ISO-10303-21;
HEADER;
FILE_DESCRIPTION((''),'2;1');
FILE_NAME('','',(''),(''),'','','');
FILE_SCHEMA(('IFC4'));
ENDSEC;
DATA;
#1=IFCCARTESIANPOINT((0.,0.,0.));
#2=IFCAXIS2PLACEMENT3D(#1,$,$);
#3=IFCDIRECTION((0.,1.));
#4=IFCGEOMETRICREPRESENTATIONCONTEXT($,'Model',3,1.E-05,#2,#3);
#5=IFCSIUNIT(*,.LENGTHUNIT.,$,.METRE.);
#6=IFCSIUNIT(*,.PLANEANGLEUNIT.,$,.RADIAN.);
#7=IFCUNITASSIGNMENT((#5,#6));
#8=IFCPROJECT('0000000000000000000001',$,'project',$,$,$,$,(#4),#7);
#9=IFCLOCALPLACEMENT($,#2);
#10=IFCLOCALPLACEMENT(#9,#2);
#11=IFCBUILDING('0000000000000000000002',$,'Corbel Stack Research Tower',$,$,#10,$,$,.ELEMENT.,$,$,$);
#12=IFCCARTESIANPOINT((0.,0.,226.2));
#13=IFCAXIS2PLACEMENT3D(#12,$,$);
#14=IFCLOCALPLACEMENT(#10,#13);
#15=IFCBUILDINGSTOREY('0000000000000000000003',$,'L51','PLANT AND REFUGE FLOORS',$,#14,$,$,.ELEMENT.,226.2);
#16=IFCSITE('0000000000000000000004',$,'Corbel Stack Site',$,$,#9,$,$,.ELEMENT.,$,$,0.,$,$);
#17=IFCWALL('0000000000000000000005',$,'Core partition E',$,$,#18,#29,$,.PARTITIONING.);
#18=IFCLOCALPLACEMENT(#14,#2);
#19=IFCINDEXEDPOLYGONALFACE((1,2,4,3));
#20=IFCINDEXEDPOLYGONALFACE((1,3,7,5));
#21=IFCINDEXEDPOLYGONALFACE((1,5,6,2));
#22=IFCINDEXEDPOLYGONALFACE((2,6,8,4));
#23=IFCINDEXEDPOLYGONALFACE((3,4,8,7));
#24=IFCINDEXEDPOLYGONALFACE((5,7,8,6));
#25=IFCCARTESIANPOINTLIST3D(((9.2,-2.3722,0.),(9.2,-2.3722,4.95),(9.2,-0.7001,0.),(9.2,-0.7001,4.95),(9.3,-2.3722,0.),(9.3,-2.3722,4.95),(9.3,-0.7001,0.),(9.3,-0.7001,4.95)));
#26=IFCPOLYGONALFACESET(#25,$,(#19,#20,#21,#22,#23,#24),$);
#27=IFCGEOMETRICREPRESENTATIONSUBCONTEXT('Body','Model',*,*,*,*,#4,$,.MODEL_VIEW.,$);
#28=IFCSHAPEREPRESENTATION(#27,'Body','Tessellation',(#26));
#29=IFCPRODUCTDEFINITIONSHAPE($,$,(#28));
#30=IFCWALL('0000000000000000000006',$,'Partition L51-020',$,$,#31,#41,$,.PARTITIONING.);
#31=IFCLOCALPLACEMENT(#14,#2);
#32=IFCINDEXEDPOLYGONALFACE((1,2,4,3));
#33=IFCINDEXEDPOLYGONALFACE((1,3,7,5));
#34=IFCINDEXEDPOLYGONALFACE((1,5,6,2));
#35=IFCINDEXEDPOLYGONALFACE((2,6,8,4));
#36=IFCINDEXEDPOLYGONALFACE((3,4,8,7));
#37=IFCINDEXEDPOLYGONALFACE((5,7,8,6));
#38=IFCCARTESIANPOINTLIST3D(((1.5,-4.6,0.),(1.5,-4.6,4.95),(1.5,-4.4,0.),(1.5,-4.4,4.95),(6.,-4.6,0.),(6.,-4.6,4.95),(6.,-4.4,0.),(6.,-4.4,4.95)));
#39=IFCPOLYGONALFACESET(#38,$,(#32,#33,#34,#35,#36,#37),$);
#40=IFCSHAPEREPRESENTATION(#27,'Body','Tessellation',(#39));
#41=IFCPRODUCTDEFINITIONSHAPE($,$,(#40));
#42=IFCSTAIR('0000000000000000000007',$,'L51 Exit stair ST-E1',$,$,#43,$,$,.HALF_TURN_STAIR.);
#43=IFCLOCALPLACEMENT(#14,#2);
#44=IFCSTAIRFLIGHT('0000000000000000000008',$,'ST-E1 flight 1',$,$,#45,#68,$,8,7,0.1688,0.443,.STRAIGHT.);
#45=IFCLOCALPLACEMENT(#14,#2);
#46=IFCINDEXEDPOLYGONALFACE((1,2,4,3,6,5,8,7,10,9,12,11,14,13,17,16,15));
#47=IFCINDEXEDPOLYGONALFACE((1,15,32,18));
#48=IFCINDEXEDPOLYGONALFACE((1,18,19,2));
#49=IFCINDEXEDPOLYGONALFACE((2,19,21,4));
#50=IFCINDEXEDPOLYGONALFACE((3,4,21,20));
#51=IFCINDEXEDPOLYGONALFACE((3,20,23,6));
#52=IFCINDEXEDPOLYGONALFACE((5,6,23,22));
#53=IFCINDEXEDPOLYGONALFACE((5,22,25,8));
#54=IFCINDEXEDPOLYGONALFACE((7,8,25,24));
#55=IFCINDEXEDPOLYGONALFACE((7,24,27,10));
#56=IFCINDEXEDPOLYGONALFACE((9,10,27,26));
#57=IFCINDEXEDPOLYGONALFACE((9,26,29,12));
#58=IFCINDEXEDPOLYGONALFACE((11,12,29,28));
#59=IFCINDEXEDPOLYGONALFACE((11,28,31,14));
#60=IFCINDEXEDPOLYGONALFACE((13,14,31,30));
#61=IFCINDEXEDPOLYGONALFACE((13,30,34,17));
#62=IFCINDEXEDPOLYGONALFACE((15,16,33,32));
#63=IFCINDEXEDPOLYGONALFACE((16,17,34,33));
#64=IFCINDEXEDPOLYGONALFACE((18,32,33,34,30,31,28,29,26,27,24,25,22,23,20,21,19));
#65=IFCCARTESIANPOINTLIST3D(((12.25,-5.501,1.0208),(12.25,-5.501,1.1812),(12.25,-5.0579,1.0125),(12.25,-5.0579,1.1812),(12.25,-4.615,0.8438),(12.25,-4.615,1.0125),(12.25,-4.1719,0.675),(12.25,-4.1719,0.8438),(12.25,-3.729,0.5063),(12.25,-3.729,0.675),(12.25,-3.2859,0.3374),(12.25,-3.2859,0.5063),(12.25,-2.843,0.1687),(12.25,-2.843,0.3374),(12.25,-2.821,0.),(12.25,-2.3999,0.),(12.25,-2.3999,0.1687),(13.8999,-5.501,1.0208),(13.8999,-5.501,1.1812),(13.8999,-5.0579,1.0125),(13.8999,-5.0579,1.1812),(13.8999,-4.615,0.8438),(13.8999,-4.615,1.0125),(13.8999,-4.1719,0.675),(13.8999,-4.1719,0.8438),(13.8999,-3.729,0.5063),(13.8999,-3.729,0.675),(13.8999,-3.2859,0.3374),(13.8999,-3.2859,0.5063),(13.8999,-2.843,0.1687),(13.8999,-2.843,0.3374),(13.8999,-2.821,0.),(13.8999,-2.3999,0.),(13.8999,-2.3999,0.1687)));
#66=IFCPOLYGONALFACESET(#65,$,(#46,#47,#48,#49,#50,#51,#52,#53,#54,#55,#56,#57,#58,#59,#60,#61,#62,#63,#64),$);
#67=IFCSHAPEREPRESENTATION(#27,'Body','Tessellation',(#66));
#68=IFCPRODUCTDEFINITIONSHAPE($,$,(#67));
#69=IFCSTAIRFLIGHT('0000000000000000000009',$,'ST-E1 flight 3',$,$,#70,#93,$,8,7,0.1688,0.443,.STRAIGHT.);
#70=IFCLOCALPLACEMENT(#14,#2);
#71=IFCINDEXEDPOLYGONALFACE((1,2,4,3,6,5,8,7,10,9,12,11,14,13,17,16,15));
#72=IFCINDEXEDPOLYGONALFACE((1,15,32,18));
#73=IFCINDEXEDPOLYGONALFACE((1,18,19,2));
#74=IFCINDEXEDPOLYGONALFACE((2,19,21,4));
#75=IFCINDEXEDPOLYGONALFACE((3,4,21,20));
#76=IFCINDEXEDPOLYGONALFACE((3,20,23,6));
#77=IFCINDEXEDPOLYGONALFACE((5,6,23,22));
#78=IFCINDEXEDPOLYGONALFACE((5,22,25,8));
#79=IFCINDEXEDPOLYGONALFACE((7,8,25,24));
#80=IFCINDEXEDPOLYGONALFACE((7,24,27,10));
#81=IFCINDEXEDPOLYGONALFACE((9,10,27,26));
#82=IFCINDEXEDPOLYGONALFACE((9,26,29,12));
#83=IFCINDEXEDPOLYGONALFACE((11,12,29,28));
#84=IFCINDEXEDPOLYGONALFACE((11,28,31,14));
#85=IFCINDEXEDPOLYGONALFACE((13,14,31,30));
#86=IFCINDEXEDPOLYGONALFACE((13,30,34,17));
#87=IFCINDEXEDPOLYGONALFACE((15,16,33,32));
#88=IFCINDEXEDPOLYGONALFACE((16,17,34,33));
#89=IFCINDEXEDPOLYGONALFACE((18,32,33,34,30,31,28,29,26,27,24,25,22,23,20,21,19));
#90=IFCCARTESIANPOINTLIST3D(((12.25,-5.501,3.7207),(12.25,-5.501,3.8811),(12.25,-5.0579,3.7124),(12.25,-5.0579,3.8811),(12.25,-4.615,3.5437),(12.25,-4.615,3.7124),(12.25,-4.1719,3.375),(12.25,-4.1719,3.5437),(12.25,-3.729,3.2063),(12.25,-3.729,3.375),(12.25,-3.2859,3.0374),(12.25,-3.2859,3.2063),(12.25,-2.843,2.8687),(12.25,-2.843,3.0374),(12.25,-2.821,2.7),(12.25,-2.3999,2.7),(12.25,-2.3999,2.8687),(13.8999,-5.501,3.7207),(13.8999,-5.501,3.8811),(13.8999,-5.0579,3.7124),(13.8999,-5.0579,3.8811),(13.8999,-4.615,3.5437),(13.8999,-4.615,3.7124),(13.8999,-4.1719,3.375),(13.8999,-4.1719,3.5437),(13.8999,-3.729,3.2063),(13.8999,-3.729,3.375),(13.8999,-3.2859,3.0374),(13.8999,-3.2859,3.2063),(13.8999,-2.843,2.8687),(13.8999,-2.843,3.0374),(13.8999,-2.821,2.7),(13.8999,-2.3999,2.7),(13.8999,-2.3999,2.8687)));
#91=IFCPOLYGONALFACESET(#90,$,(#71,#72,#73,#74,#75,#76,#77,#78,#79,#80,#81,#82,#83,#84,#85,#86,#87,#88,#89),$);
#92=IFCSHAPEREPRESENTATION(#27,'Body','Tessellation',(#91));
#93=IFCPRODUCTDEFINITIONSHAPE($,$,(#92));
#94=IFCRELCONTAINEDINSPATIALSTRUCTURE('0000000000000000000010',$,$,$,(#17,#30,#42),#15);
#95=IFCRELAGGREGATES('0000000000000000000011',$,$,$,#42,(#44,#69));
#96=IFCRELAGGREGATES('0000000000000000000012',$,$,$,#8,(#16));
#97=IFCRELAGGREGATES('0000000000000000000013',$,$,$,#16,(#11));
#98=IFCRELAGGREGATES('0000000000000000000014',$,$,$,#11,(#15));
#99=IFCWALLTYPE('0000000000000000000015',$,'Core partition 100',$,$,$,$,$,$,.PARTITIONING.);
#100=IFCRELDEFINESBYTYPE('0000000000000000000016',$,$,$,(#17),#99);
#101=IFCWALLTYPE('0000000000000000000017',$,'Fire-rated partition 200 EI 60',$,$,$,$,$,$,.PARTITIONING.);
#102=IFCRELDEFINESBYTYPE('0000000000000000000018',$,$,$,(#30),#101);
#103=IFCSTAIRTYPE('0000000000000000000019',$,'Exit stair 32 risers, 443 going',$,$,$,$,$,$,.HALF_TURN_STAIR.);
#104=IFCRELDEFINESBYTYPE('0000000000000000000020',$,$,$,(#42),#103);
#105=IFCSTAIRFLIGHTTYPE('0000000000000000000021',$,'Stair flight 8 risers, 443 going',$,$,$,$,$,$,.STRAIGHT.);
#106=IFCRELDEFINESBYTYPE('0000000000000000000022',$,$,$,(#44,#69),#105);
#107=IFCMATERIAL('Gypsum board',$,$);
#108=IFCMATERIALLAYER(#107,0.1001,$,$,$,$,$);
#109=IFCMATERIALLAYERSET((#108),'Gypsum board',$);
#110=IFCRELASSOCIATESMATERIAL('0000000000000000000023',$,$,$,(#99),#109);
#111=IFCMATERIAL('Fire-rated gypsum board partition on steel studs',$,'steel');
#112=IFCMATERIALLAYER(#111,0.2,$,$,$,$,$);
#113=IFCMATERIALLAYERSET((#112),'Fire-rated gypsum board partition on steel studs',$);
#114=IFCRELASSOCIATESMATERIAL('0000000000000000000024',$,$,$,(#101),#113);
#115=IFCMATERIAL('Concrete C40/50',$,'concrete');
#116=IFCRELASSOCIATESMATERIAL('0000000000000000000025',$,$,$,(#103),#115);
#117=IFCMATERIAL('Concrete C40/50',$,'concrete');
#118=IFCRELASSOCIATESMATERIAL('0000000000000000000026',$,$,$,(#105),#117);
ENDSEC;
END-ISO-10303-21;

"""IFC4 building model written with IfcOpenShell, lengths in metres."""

from ifc_helpers import new_model, si_unit, direction, frame, frame_2d, origin, place, context, subcontext, project, spatial, polyline, rectangle, outline, extrude, material, layer, layer_set, type_object, element, aggregate, save


model = new_model("IFC4")

# Units and contexts
model_context = context("Model", 3, precision=1e-05, world=origin(), true_north=direction((0.0, 1.0)))
body_context = subcontext(model_context, "Body", "Model", "MODEL_VIEW")
ifc_project = project(units=[si_unit("LENGTHUNIT", "METRE"), si_unit("PLANEANGLEUNIT", "RADIAN")], contexts=[model_context])

# Site, building, storey
site_placement = place(None, origin())
site = spatial("IfcSite", under=ifc_project, at=site_placement, Name="Corbel Stack Site", CompositionType="ELEMENT", RefElevation=0.0)
building_placement = place(site_placement, origin())
building = spatial("IfcBuilding", under=site, at=building_placement, Name="Corbel Stack Research Tower", CompositionType="ELEMENT")
storey_placement = place(building_placement, frame((0.0, 0.0, 226.2)))
storey = spatial("IfcBuildingStorey", under=building, at=storey_placement, Name="L51", Description="PLANT AND REFUGE FLOORS", CompositionType="ELEMENT", Elevation=226.2)

# Shared definitions
ifc_material_1 = material(Name="Gypsum board")
ifc_layer_1 = layer(ifc_material_1, 0.1001)
ifc_layer_set_1 = layer_set([ifc_layer_1], Name="Gypsum board")
wall_type_1 = type_object("IfcWallType", Name="Core partition 100", PredefinedType="PARTITIONING", material=ifc_layer_set_1)

# Walls
wall_1_placement = place(storey_placement, frame((9.25, -2.3721, 0.0), z_axis=(0.0, 0.0, 1.0), x_axis=(0.0, 1.0, 0.0)))
element("IfcWall", 1, at=wall_1_placement, inside=storey, type_object=wall_type_1, Name="Core partition E", PredefinedType="PARTITIONING", context=body_context, shape_type="SweptSolid", body=[
    extrude(rectangle(XDim=1.6721, YDim=0.1001, at=frame_2d((0.8359, 0.0))), origin(), (0.0, 0.0, 1.0), 4.95),
])
ifc_material_2 = material(Name="Fire-rated gypsum board partition on steel studs", Category="steel")
ifc_layer_2 = layer(ifc_material_2, 0.2)
ifc_layer_set_2 = layer_set([ifc_layer_2], Name="Fire-rated gypsum board partition on steel studs")
wall_type_2 = type_object("IfcWallType", Name="Fire-rated partition 200 EI 60", PredefinedType="PARTITIONING", material=ifc_layer_set_2)
wall_2_placement = place(storey_placement, frame((1.5, -4.5, 0.0), z_axis=(0.0, 0.0, 1.0), x_axis=(1.0, 0.0, 0.0)))
element("IfcWall", 2, at=wall_2_placement, inside=storey, type_object=wall_type_2, Name="Partition L51-020", PredefinedType="PARTITIONING", context=body_context, shape_type="SweptSolid", body=[
    extrude(rectangle(XDim=4.5, YDim=0.2, at=frame_2d((2.25, 0.0))), origin(), (0.0, 0.0, 1.0), 4.95),
])

# Stair, stair flights
ifc_material_3 = material(Name="Concrete C40/50", Category="concrete")
stair_type = type_object("IfcStairType", Name="Exit stair 32 risers, 443 going", PredefinedType="HALF_TURN_STAIR", material=ifc_material_3)
stair_placement = place(storey_placement, origin())
stair = element("IfcStair", 3, at=stair_placement, inside=storey, type_object=stair_type, Name="L51 Exit stair ST-E1", PredefinedType="HALF_TURN_STAIR")
ifc_material_4 = material(Name="Concrete C40/50", Category="concrete")
stair_flight_type = type_object("IfcStairFlightType", Name="Stair flight 8 risers, 443 going", PredefinedType="STRAIGHT", material=ifc_material_4)
stair_flight_1_placement = place(storey_placement, frame((13.075, -2.3999, 0.0), z_axis=(0.0, 0.0, 1.0), x_axis=(0.0, -1.0, 0.0)))
stair_flight_1 = element("IfcStairFlight", 4, at=stair_flight_1_placement, type_object=stair_flight_type, Name="ST-E1 flight 1", NumberOfRisers=8, NumberOfTreads=7, PredefinedType="STRAIGHT", RiserHeight=0.1688, TreadLength=0.443, context=body_context, shape_type="SweptSolid", body=[
    extrude(outline(polyline([(0.0, 0.0), (0.0, 0.1687), (0.4431, 0.1687), (0.4431, 0.3374), (0.886, 0.3374), (0.886, 0.5063), (1.3291, 0.5063), (1.3291, 0.675), (1.772, 0.675), (1.772, 0.8438), (2.2151, 0.8438), (2.2151, 1.0125), (2.658, 1.0125), (2.658, 1.1812), (3.1011, 1.1812), (3.1011, 1.3501), (3.1011, 1.0208), (0.4211, 0.0), (0.0, 0.0)])), frame((0.0, 0.825, 0.0), z_axis=(0.0, -1.0, 0.0), x_axis=(1.0, 0.0, 0.0)), (0.0, 0.0, 1.0), 1.6499),
])
stair_flight_2_placement = place(storey_placement, frame((13.075, -2.3999, 2.7), z_axis=(0.0, 0.0, 1.0), x_axis=(0.0, -1.0, 0.0)))
stair_flight_2 = element("IfcStairFlight", 5, at=stair_flight_2_placement, type_object=stair_flight_type, Name="ST-E1 flight 3", NumberOfRisers=8, NumberOfTreads=7, PredefinedType="STRAIGHT", RiserHeight=0.1688, TreadLength=0.443, context=body_context, shape_type="SweptSolid", body=[
    extrude(outline(polyline([(0.0, 0.0), (0.0, 0.1687), (0.4431, 0.1687), (0.4431, 0.3374), (0.886, 0.3374), (0.886, 0.5063), (1.3291, 0.5063), (1.3291, 0.675), (1.772, 0.675), (1.772, 0.8438), (2.2151, 0.8438), (2.2151, 1.0125), (2.658, 1.0125), (2.658, 1.1812), (3.1011, 1.1812), (3.1011, 1.3501), (3.1011, 1.0208), (0.4211, 0.0), (0.0, 0.0)])), frame((0.0, 0.825, 0.0), z_axis=(0.0, -1.0, 0.0), x_axis=(1.0, 0.0, 0.0)), (0.0, 0.0, 1.0), 1.6499),
])
aggregate(stair, [stair_flight_1, stair_flight_2])

save(model, "model.ifc")
